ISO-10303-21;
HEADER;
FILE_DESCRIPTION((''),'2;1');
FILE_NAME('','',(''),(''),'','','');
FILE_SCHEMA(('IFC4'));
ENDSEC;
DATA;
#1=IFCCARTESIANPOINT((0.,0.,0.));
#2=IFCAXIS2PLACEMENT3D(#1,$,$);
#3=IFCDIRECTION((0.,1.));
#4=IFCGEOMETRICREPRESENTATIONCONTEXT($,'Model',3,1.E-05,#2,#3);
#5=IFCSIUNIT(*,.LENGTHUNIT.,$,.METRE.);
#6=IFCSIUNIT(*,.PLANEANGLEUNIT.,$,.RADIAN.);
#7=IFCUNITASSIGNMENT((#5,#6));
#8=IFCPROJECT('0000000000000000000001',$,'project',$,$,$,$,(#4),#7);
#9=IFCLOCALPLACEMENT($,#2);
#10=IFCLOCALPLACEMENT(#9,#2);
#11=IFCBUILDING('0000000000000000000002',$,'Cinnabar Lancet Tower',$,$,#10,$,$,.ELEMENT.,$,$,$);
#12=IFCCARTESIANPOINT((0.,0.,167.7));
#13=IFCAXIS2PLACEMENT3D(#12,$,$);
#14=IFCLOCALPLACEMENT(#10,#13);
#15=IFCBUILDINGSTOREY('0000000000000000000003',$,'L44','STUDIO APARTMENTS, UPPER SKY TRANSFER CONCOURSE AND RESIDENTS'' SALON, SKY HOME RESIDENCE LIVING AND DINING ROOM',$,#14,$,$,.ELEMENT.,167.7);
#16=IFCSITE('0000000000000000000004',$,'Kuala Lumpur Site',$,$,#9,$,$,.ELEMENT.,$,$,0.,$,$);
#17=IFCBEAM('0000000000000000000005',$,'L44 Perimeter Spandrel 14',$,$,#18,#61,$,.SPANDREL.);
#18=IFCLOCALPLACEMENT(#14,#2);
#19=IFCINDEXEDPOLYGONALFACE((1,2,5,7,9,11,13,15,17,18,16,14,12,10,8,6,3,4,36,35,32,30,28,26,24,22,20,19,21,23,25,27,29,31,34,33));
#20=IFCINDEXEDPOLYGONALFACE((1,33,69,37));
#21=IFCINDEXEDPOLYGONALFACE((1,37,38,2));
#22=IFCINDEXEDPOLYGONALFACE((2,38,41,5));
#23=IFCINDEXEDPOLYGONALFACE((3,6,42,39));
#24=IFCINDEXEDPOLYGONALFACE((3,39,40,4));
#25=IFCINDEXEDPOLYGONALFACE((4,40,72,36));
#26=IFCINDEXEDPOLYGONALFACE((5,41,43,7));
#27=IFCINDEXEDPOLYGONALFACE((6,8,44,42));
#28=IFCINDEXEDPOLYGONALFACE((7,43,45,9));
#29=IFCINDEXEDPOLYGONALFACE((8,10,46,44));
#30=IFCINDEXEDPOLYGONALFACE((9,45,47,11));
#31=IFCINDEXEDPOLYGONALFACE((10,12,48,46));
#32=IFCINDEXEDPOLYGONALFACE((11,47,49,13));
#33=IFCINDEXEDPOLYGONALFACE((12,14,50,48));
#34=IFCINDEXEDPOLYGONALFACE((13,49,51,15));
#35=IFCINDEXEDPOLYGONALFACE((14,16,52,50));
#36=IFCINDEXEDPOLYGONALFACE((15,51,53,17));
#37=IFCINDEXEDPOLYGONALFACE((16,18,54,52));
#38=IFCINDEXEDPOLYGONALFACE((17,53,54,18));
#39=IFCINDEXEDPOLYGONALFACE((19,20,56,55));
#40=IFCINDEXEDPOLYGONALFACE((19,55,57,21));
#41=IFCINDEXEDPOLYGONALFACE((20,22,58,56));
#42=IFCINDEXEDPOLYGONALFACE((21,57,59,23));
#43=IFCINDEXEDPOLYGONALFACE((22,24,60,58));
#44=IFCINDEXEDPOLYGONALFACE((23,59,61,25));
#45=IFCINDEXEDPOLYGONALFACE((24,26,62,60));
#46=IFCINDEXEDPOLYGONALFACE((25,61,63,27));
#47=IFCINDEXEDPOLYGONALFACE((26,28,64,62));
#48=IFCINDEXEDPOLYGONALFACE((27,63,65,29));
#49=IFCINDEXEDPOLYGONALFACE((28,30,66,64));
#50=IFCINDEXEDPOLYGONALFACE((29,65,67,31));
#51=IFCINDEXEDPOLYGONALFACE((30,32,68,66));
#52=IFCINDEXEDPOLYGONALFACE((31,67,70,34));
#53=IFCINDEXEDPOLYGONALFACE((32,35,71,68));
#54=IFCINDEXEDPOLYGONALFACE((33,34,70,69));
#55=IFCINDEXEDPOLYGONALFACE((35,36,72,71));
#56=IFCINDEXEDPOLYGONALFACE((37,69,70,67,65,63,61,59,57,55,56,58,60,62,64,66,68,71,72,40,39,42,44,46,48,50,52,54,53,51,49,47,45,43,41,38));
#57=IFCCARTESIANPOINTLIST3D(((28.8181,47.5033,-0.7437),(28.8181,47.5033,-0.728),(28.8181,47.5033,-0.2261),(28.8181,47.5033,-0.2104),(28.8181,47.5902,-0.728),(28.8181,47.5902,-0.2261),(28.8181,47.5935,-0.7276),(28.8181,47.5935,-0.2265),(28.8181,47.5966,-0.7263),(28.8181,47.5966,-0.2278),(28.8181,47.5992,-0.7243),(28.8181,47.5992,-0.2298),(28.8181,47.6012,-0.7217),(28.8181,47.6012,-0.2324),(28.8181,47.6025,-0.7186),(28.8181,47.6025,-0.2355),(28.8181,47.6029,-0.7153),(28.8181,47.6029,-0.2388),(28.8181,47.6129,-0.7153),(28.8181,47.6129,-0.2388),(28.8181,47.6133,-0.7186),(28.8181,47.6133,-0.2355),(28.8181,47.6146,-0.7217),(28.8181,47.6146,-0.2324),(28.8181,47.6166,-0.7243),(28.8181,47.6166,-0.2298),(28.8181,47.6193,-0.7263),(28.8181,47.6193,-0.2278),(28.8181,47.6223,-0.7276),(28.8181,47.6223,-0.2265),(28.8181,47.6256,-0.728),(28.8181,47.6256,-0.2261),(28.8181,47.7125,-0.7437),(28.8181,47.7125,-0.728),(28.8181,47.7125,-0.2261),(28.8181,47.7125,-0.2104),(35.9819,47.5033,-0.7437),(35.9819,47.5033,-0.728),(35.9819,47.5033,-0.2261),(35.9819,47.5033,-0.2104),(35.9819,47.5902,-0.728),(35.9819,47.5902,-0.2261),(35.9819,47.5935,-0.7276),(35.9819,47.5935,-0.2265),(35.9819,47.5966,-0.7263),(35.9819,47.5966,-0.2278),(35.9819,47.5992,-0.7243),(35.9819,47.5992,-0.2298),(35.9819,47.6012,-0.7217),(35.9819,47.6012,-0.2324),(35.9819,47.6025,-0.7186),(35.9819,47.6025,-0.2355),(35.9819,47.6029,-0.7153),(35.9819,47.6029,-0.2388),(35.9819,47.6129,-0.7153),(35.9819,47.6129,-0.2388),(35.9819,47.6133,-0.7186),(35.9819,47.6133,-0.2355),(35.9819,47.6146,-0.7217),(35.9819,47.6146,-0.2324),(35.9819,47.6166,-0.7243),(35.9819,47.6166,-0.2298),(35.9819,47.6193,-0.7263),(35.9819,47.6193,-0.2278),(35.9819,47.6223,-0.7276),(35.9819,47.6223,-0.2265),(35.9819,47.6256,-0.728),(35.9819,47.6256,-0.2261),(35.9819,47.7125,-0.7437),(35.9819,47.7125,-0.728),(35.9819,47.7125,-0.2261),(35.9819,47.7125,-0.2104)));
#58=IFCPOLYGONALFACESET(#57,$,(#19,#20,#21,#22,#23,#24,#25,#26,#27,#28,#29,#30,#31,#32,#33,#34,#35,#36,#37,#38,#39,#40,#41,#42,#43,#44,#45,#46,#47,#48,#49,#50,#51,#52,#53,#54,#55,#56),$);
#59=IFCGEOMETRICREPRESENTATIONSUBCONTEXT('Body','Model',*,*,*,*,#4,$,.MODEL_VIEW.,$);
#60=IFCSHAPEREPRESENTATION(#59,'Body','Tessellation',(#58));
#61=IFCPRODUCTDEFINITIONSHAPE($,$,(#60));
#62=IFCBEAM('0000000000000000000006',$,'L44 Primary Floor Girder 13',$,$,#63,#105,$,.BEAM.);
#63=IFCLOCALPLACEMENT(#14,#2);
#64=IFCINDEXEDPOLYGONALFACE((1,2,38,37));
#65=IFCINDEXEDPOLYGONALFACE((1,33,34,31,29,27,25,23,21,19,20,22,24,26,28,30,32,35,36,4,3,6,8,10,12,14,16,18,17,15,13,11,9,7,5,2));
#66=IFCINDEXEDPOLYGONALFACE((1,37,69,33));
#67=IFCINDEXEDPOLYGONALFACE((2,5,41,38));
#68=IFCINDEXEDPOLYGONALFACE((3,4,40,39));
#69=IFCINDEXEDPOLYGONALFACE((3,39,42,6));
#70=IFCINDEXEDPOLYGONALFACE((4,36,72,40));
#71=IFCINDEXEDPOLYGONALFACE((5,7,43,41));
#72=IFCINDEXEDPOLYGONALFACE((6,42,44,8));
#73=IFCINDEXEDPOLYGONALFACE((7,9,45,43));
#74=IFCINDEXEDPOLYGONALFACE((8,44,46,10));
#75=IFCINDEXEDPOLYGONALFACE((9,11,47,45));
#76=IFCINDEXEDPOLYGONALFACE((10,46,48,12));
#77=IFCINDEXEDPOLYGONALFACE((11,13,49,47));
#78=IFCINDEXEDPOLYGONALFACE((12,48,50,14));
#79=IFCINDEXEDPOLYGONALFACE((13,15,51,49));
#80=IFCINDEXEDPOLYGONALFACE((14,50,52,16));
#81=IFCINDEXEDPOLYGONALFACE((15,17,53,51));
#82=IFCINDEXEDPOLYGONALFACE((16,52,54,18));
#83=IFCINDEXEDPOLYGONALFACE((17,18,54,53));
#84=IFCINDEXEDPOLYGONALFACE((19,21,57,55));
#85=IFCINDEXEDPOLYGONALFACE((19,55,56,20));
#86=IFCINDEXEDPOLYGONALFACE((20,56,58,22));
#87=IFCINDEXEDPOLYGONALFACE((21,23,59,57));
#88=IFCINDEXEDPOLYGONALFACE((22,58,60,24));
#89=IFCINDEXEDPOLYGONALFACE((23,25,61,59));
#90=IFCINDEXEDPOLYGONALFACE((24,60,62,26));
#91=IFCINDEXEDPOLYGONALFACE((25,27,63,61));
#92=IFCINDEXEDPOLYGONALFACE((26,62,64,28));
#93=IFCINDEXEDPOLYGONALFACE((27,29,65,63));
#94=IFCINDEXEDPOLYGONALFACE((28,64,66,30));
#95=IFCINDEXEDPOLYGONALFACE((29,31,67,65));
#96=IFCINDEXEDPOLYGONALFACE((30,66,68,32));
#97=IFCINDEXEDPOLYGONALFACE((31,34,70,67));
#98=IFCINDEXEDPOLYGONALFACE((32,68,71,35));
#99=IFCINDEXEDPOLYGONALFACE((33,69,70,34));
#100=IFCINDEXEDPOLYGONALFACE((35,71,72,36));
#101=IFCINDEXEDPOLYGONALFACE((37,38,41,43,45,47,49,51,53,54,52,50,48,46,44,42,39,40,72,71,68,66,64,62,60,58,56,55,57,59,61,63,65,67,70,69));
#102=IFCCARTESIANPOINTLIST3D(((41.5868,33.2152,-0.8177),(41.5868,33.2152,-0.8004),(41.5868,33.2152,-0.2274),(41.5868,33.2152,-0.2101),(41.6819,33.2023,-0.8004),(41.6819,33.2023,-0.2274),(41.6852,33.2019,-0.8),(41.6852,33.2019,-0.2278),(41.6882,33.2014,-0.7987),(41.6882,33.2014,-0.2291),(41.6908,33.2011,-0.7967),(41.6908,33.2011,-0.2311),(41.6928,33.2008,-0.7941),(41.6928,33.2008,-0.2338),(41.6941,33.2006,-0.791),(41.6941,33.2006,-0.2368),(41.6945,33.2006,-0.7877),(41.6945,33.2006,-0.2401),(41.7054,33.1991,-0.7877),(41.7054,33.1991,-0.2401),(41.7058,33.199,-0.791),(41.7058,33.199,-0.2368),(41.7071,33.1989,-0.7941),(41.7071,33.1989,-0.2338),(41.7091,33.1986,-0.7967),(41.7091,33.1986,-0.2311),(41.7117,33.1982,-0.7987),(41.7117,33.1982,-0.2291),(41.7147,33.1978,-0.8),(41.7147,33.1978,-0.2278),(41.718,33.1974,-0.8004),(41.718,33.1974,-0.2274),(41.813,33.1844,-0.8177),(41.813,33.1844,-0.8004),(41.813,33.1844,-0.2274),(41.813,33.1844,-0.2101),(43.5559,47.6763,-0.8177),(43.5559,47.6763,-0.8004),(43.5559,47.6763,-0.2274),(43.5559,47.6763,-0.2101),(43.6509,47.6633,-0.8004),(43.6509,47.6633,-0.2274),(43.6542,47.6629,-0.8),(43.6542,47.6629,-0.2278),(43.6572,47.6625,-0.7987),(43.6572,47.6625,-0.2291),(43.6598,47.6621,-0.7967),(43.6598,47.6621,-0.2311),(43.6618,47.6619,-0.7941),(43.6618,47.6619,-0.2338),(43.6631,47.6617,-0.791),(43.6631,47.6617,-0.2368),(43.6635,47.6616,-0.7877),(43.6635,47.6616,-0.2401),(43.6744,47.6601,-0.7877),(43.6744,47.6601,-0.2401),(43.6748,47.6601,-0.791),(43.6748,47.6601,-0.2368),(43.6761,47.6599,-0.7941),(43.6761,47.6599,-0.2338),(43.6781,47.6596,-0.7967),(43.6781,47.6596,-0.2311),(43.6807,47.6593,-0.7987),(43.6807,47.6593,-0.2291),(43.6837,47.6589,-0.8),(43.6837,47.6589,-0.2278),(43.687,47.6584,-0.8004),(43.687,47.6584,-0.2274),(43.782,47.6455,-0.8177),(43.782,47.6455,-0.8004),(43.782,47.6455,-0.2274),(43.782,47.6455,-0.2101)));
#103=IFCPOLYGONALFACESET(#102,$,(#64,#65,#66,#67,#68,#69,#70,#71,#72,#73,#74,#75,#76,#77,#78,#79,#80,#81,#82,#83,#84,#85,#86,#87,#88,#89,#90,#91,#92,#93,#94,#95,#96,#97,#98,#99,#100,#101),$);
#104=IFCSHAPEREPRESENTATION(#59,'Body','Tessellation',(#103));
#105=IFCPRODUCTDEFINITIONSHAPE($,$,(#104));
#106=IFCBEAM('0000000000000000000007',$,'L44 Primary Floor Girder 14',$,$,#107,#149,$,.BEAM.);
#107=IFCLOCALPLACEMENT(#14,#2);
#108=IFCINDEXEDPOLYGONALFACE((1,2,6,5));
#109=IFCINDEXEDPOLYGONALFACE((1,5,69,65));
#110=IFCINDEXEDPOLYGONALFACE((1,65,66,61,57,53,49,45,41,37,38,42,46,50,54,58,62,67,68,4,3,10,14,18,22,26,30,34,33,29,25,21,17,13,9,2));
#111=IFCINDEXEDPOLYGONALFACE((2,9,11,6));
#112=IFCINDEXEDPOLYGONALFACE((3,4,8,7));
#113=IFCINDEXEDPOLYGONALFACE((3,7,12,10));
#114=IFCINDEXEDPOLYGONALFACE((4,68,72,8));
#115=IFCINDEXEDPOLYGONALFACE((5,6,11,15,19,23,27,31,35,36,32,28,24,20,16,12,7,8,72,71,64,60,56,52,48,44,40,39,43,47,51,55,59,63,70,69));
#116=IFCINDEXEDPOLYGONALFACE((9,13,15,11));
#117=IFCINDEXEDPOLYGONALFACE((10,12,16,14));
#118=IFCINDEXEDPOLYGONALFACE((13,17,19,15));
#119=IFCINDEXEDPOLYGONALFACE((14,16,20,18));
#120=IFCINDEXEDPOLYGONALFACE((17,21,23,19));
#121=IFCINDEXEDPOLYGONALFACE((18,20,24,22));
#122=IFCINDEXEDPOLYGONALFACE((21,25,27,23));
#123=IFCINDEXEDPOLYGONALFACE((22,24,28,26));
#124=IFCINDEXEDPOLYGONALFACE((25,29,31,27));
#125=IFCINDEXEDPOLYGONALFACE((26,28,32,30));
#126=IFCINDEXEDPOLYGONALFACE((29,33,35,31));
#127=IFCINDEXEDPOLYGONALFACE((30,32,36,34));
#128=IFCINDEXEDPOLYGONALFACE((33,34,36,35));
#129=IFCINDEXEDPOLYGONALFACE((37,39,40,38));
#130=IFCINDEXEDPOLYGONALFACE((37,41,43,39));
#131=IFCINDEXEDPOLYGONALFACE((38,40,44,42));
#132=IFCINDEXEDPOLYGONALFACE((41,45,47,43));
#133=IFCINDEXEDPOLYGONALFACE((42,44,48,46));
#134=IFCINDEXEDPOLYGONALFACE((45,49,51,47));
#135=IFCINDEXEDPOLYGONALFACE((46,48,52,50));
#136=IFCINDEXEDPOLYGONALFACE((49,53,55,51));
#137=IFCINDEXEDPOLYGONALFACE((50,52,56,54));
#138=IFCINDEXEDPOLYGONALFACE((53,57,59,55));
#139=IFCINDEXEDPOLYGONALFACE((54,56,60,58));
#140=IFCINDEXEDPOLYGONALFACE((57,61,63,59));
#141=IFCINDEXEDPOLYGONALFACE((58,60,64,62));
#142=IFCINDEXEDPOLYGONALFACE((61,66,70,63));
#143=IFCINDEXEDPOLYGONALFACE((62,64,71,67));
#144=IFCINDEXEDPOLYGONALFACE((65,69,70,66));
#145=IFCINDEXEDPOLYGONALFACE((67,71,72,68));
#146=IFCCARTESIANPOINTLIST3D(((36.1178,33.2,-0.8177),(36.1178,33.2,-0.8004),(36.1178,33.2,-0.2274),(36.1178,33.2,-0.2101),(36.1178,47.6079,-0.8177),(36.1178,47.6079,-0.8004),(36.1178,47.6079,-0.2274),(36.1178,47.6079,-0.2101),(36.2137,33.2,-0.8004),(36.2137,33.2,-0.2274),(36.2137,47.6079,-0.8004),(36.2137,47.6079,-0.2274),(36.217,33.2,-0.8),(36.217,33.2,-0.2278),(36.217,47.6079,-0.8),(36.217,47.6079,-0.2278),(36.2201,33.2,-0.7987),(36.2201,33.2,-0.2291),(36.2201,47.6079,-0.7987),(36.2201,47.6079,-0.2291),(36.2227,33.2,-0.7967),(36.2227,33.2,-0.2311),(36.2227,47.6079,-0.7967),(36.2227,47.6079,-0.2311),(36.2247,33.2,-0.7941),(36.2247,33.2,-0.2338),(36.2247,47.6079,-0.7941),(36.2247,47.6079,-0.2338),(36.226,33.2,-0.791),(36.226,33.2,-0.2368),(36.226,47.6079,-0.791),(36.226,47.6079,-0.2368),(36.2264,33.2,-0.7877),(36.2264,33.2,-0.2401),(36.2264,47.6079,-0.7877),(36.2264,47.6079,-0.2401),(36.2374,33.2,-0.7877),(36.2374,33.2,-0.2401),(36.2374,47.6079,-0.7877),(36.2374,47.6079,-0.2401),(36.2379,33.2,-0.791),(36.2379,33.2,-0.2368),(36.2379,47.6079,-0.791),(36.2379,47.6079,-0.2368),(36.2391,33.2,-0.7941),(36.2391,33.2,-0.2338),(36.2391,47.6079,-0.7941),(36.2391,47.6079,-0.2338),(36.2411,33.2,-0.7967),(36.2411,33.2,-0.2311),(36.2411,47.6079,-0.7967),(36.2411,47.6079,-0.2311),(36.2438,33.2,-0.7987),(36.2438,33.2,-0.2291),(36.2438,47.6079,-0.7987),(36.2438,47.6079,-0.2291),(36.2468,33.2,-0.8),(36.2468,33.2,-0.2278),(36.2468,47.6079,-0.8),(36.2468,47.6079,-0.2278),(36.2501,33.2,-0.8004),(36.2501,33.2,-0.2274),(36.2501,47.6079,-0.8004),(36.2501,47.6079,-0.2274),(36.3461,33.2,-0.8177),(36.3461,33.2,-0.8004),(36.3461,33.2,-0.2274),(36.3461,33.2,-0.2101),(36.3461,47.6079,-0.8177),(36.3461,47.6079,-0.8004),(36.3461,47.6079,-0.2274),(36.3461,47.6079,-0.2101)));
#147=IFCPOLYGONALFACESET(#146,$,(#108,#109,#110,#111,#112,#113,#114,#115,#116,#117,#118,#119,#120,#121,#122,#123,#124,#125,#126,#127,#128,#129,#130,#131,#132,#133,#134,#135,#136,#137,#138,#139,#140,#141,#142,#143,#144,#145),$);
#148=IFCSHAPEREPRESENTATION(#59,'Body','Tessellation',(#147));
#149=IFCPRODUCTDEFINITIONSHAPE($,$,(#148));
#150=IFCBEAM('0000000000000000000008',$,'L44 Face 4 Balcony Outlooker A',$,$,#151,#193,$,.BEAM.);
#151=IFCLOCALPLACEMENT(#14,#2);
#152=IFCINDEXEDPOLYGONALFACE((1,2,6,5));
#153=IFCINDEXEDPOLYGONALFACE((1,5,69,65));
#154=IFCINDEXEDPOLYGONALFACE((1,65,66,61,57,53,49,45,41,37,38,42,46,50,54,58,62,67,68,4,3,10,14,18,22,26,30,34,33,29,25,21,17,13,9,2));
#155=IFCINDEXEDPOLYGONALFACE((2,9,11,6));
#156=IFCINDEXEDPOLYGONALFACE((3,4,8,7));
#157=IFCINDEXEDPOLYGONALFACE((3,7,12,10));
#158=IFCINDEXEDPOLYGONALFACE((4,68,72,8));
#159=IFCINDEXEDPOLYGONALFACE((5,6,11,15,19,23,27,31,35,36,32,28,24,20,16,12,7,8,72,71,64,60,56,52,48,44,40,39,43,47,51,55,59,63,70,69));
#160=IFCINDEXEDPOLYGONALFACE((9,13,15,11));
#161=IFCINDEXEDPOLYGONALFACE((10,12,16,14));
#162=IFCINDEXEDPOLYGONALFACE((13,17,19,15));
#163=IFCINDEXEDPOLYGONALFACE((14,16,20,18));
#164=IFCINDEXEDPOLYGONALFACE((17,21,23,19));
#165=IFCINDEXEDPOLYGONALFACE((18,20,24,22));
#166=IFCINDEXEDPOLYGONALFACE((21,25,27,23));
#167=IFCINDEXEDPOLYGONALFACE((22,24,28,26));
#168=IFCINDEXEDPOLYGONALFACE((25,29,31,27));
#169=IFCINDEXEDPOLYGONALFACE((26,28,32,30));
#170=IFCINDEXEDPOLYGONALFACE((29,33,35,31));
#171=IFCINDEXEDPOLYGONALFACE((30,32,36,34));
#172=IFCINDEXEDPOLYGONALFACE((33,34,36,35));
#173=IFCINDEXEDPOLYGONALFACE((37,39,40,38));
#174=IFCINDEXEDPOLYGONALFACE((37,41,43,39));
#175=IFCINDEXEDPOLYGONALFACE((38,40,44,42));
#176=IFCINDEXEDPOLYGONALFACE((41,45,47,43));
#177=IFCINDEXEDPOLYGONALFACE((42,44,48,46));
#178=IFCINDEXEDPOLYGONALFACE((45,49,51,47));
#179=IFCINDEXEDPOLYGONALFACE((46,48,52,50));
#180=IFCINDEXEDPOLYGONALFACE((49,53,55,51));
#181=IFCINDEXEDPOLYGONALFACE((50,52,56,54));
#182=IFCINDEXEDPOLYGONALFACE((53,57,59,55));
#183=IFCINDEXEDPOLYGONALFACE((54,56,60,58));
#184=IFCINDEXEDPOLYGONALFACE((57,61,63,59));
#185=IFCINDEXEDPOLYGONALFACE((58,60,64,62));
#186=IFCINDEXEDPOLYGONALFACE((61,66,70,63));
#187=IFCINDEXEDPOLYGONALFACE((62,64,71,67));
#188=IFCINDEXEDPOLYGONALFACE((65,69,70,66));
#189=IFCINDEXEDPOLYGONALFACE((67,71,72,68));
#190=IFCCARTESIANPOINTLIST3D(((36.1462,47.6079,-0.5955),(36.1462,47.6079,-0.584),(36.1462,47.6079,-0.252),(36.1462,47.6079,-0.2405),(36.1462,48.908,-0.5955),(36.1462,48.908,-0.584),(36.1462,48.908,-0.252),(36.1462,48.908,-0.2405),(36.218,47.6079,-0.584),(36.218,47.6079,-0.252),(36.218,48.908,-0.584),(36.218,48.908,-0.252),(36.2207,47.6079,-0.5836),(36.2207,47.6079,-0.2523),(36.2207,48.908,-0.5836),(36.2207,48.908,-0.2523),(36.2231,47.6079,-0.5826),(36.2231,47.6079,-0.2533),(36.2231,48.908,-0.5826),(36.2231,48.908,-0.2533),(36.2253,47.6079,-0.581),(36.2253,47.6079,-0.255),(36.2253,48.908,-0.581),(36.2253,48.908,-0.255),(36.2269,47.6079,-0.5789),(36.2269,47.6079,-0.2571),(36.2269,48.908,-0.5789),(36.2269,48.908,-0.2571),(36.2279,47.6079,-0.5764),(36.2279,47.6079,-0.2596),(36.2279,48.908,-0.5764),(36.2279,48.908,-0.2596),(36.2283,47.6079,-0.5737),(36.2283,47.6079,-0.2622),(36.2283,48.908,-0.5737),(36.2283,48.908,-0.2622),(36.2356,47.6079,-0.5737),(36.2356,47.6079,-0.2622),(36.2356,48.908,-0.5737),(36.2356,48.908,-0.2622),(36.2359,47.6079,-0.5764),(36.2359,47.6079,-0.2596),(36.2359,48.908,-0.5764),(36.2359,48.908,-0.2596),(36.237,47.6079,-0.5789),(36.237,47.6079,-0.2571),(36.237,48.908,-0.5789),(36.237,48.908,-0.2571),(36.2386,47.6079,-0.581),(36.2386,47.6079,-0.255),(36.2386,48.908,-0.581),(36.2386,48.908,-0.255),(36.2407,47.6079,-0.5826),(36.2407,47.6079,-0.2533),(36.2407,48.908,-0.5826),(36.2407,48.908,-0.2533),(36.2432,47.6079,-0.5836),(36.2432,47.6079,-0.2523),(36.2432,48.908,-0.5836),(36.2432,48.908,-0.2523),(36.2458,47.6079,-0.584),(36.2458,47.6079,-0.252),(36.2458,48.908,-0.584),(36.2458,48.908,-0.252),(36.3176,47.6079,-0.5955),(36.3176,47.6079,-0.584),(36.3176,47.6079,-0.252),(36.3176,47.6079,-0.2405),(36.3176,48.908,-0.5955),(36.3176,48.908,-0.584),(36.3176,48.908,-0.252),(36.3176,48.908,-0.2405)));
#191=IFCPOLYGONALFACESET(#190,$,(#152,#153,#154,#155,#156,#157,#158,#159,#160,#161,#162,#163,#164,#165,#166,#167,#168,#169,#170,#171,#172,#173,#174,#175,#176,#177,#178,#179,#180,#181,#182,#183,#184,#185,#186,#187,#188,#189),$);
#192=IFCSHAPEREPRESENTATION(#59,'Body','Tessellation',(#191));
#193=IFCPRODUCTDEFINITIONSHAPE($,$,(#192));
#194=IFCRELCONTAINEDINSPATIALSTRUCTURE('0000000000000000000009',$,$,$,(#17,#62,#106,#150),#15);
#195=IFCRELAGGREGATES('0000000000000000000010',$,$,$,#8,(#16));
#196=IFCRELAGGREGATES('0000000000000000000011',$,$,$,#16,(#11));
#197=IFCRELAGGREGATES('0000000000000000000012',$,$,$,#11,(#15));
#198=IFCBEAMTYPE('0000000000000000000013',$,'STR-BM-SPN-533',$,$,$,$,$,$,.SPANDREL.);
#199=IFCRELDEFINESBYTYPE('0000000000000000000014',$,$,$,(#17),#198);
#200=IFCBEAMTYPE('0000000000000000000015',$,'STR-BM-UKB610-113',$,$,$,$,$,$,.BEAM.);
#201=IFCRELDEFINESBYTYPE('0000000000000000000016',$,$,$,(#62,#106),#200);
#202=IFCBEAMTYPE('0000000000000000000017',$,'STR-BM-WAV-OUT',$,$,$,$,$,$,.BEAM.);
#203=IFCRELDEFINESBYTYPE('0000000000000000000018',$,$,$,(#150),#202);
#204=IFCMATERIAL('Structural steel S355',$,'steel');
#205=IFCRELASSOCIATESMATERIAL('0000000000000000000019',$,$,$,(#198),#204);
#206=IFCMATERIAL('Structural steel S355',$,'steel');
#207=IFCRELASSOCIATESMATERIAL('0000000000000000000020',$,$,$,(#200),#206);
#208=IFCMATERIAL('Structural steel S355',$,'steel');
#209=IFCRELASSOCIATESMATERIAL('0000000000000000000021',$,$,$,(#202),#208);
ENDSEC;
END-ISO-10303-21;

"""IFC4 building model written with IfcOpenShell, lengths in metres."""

from ifc_helpers import new_model, si_unit, direction, frame, origin, origin_2d, place, context, subcontext, project, spatial, i_section, extrude, material, material_profile, profile_set, type_object, element, save


model = new_model("IFC4")

# Units and contexts
model_context = context("Model", 3, precision=1e-05, world=origin(), true_north=direction((0.0, 1.0)))
body_context = subcontext(model_context, "Body", "Model", "MODEL_VIEW")
ifc_project = project(units=[si_unit("LENGTHUNIT", "METRE"), si_unit("PLANEANGLEUNIT", "RADIAN")], contexts=[model_context])

# Site, building, storey
site_placement = place(None, origin())
site = spatial("IfcSite", under=ifc_project, at=site_placement, Name="Kuala Lumpur Site", CompositionType="ELEMENT", RefElevation=0.0)
building_placement = place(site_placement, origin())
building = spatial("IfcBuilding", under=site, at=building_placement, Name="Cinnabar Lancet Tower", CompositionType="ELEMENT")
storey_placement = place(building_placement, frame((0.0, 0.0, 167.7)))
storey = spatial("IfcBuildingStorey", under=building, at=storey_placement, Name="L44", Description="STUDIO APARTMENTS, UPPER SKY TRANSFER CONCOURSE AND RESIDENTS' SALON, SKY HOME RESIDENCE LIVING AND DINING ROOM", CompositionType="ELEMENT", Elevation=167.7)

# Beams
ifc_material_1 = material(Name="Structural steel S355", Category="steel")
ifc_material_profile_1 = material_profile(ifc_material_1, i_section(OverallWidth=0.2092, OverallDepth=0.5332, WebThickness=0.01, FlangeThickness=0.0156, FilletRadius=0.0127, at=origin_2d()), Name="UKB 533x210x92")
ifc_profile_set_1 = profile_set([ifc_material_profile_1], Name="Structural steel S355")
beam_type_1 = type_object("IfcBeamType", Name="STR-BM-SPN-533", PredefinedType="SPANDREL", material=ifc_profile_set_1)
beam_1_placement = place(storey_placement, frame((35.9819, 47.6079, -0.4771), z_axis=(-1.0, 0.0, 0.0), x_axis=(0.0, -1.0, 0.0)))
element("IfcBeam", 1, at=beam_1_placement, inside=storey, type_object=beam_type_1, Name="L44 Perimeter Spandrel 14", PredefinedType="SPANDREL", context=body_context, shape_type="SweptSolid", body=[
    extrude(i_section(OverallWidth=0.2092, OverallDepth=0.5332, WebThickness=0.01, FlangeThickness=0.0156, FilletRadius=0.0127, at=origin_2d()), origin(), (0.0, 0.0, 1.0), 7.1638),
])
ifc_material_2 = material(Name="Structural steel S355", Category="steel")
ifc_material_profile_2 = material_profile(ifc_material_2, i_section(OverallWidth=0.2283, OverallDepth=0.6077, WebThickness=0.011, FlangeThickness=0.0173, FilletRadius=0.0127, at=origin_2d()), Name="UKB 610x229x113")
ifc_profile_set_2 = profile_set([ifc_material_profile_2], Name="Structural steel S355")
beam_type_2 = type_object("IfcBeamType", Name="STR-BM-UKB610-113", PredefinedType="BEAM", material=ifc_profile_set_2)
beam_2_placement = place(storey_placement, frame((43.6689, 47.6609, -0.5139), z_axis=(-0.134915, -0.990857, 0.0), x_axis=(0.990857, -0.134915, 0.0)))
element("IfcBeam", 2, at=beam_2_placement, inside=storey, type_object=beam_type_2, Name="L44 Primary Floor Girder 13", PredefinedType="BEAM", context=body_context, shape_type="SweptSolid", body=[
    extrude(i_section(OverallWidth=0.2283, OverallDepth=0.6077, WebThickness=0.011, FlangeThickness=0.0173, FilletRadius=0.0127, at=origin_2d()), origin(), (0.0, 0.0, 1.0), 14.5945),
])
beam_3_placement = place(storey_placement, frame((36.2319, 47.6079, -0.5139), z_axis=(0.0, -1.0, 0.0), x_axis=(1.0, 0.0, 0.0)))
element("IfcBeam", 3, at=beam_3_placement, inside=storey, type_object=beam_type_2, Name="L44 Primary Floor Girder 14", PredefinedType="BEAM", context=body_context, shape_type="SweptSolid", body=[
    extrude(i_section(OverallWidth=0.2283, OverallDepth=0.6077, WebThickness=0.011, FlangeThickness=0.0173, FilletRadius=0.0127, at=origin_2d()), origin(), (0.0, 0.0, 1.0), 14.408),
])
ifc_material_3 = material(Name="Structural steel S355", Category="steel")
ifc_material_profile_3 = material_profile(ifc_material_3, i_section(OverallWidth=0.1714, OverallDepth=0.355, WebThickness=0.0073, FlangeThickness=0.0115, FilletRadius=0.0103, at=origin_2d()), Name="UKB 356x171x51")
ifc_profile_set_3 = profile_set([ifc_material_profile_3], Name="Structural steel S355")
beam_type_3 = type_object("IfcBeamType", Name="STR-BM-WAV-OUT", PredefinedType="BEAM", material=ifc_profile_set_3)
beam_4_placement = place(storey_placement, frame((36.2319, 47.6079, -0.418), z_axis=(0.0, 1.0, 0.0), x_axis=(-1.0, 0.0, 0.0)))
element("IfcBeam", 4, at=beam_4_placement, inside=storey, type_object=beam_type_3, Name="L44 Face 4 Balcony Outlooker A", PredefinedType="BEAM", context=body_context, shape_type="SweptSolid", body=[
    extrude(i_section(OverallWidth=0.1714, OverallDepth=0.355, WebThickness=0.0073, FlangeThickness=0.0115, FilletRadius=0.0103, at=origin_2d()), origin(), (0.0, 0.0, 1.0), 1.3),
])

save(model, "model.ifc")
